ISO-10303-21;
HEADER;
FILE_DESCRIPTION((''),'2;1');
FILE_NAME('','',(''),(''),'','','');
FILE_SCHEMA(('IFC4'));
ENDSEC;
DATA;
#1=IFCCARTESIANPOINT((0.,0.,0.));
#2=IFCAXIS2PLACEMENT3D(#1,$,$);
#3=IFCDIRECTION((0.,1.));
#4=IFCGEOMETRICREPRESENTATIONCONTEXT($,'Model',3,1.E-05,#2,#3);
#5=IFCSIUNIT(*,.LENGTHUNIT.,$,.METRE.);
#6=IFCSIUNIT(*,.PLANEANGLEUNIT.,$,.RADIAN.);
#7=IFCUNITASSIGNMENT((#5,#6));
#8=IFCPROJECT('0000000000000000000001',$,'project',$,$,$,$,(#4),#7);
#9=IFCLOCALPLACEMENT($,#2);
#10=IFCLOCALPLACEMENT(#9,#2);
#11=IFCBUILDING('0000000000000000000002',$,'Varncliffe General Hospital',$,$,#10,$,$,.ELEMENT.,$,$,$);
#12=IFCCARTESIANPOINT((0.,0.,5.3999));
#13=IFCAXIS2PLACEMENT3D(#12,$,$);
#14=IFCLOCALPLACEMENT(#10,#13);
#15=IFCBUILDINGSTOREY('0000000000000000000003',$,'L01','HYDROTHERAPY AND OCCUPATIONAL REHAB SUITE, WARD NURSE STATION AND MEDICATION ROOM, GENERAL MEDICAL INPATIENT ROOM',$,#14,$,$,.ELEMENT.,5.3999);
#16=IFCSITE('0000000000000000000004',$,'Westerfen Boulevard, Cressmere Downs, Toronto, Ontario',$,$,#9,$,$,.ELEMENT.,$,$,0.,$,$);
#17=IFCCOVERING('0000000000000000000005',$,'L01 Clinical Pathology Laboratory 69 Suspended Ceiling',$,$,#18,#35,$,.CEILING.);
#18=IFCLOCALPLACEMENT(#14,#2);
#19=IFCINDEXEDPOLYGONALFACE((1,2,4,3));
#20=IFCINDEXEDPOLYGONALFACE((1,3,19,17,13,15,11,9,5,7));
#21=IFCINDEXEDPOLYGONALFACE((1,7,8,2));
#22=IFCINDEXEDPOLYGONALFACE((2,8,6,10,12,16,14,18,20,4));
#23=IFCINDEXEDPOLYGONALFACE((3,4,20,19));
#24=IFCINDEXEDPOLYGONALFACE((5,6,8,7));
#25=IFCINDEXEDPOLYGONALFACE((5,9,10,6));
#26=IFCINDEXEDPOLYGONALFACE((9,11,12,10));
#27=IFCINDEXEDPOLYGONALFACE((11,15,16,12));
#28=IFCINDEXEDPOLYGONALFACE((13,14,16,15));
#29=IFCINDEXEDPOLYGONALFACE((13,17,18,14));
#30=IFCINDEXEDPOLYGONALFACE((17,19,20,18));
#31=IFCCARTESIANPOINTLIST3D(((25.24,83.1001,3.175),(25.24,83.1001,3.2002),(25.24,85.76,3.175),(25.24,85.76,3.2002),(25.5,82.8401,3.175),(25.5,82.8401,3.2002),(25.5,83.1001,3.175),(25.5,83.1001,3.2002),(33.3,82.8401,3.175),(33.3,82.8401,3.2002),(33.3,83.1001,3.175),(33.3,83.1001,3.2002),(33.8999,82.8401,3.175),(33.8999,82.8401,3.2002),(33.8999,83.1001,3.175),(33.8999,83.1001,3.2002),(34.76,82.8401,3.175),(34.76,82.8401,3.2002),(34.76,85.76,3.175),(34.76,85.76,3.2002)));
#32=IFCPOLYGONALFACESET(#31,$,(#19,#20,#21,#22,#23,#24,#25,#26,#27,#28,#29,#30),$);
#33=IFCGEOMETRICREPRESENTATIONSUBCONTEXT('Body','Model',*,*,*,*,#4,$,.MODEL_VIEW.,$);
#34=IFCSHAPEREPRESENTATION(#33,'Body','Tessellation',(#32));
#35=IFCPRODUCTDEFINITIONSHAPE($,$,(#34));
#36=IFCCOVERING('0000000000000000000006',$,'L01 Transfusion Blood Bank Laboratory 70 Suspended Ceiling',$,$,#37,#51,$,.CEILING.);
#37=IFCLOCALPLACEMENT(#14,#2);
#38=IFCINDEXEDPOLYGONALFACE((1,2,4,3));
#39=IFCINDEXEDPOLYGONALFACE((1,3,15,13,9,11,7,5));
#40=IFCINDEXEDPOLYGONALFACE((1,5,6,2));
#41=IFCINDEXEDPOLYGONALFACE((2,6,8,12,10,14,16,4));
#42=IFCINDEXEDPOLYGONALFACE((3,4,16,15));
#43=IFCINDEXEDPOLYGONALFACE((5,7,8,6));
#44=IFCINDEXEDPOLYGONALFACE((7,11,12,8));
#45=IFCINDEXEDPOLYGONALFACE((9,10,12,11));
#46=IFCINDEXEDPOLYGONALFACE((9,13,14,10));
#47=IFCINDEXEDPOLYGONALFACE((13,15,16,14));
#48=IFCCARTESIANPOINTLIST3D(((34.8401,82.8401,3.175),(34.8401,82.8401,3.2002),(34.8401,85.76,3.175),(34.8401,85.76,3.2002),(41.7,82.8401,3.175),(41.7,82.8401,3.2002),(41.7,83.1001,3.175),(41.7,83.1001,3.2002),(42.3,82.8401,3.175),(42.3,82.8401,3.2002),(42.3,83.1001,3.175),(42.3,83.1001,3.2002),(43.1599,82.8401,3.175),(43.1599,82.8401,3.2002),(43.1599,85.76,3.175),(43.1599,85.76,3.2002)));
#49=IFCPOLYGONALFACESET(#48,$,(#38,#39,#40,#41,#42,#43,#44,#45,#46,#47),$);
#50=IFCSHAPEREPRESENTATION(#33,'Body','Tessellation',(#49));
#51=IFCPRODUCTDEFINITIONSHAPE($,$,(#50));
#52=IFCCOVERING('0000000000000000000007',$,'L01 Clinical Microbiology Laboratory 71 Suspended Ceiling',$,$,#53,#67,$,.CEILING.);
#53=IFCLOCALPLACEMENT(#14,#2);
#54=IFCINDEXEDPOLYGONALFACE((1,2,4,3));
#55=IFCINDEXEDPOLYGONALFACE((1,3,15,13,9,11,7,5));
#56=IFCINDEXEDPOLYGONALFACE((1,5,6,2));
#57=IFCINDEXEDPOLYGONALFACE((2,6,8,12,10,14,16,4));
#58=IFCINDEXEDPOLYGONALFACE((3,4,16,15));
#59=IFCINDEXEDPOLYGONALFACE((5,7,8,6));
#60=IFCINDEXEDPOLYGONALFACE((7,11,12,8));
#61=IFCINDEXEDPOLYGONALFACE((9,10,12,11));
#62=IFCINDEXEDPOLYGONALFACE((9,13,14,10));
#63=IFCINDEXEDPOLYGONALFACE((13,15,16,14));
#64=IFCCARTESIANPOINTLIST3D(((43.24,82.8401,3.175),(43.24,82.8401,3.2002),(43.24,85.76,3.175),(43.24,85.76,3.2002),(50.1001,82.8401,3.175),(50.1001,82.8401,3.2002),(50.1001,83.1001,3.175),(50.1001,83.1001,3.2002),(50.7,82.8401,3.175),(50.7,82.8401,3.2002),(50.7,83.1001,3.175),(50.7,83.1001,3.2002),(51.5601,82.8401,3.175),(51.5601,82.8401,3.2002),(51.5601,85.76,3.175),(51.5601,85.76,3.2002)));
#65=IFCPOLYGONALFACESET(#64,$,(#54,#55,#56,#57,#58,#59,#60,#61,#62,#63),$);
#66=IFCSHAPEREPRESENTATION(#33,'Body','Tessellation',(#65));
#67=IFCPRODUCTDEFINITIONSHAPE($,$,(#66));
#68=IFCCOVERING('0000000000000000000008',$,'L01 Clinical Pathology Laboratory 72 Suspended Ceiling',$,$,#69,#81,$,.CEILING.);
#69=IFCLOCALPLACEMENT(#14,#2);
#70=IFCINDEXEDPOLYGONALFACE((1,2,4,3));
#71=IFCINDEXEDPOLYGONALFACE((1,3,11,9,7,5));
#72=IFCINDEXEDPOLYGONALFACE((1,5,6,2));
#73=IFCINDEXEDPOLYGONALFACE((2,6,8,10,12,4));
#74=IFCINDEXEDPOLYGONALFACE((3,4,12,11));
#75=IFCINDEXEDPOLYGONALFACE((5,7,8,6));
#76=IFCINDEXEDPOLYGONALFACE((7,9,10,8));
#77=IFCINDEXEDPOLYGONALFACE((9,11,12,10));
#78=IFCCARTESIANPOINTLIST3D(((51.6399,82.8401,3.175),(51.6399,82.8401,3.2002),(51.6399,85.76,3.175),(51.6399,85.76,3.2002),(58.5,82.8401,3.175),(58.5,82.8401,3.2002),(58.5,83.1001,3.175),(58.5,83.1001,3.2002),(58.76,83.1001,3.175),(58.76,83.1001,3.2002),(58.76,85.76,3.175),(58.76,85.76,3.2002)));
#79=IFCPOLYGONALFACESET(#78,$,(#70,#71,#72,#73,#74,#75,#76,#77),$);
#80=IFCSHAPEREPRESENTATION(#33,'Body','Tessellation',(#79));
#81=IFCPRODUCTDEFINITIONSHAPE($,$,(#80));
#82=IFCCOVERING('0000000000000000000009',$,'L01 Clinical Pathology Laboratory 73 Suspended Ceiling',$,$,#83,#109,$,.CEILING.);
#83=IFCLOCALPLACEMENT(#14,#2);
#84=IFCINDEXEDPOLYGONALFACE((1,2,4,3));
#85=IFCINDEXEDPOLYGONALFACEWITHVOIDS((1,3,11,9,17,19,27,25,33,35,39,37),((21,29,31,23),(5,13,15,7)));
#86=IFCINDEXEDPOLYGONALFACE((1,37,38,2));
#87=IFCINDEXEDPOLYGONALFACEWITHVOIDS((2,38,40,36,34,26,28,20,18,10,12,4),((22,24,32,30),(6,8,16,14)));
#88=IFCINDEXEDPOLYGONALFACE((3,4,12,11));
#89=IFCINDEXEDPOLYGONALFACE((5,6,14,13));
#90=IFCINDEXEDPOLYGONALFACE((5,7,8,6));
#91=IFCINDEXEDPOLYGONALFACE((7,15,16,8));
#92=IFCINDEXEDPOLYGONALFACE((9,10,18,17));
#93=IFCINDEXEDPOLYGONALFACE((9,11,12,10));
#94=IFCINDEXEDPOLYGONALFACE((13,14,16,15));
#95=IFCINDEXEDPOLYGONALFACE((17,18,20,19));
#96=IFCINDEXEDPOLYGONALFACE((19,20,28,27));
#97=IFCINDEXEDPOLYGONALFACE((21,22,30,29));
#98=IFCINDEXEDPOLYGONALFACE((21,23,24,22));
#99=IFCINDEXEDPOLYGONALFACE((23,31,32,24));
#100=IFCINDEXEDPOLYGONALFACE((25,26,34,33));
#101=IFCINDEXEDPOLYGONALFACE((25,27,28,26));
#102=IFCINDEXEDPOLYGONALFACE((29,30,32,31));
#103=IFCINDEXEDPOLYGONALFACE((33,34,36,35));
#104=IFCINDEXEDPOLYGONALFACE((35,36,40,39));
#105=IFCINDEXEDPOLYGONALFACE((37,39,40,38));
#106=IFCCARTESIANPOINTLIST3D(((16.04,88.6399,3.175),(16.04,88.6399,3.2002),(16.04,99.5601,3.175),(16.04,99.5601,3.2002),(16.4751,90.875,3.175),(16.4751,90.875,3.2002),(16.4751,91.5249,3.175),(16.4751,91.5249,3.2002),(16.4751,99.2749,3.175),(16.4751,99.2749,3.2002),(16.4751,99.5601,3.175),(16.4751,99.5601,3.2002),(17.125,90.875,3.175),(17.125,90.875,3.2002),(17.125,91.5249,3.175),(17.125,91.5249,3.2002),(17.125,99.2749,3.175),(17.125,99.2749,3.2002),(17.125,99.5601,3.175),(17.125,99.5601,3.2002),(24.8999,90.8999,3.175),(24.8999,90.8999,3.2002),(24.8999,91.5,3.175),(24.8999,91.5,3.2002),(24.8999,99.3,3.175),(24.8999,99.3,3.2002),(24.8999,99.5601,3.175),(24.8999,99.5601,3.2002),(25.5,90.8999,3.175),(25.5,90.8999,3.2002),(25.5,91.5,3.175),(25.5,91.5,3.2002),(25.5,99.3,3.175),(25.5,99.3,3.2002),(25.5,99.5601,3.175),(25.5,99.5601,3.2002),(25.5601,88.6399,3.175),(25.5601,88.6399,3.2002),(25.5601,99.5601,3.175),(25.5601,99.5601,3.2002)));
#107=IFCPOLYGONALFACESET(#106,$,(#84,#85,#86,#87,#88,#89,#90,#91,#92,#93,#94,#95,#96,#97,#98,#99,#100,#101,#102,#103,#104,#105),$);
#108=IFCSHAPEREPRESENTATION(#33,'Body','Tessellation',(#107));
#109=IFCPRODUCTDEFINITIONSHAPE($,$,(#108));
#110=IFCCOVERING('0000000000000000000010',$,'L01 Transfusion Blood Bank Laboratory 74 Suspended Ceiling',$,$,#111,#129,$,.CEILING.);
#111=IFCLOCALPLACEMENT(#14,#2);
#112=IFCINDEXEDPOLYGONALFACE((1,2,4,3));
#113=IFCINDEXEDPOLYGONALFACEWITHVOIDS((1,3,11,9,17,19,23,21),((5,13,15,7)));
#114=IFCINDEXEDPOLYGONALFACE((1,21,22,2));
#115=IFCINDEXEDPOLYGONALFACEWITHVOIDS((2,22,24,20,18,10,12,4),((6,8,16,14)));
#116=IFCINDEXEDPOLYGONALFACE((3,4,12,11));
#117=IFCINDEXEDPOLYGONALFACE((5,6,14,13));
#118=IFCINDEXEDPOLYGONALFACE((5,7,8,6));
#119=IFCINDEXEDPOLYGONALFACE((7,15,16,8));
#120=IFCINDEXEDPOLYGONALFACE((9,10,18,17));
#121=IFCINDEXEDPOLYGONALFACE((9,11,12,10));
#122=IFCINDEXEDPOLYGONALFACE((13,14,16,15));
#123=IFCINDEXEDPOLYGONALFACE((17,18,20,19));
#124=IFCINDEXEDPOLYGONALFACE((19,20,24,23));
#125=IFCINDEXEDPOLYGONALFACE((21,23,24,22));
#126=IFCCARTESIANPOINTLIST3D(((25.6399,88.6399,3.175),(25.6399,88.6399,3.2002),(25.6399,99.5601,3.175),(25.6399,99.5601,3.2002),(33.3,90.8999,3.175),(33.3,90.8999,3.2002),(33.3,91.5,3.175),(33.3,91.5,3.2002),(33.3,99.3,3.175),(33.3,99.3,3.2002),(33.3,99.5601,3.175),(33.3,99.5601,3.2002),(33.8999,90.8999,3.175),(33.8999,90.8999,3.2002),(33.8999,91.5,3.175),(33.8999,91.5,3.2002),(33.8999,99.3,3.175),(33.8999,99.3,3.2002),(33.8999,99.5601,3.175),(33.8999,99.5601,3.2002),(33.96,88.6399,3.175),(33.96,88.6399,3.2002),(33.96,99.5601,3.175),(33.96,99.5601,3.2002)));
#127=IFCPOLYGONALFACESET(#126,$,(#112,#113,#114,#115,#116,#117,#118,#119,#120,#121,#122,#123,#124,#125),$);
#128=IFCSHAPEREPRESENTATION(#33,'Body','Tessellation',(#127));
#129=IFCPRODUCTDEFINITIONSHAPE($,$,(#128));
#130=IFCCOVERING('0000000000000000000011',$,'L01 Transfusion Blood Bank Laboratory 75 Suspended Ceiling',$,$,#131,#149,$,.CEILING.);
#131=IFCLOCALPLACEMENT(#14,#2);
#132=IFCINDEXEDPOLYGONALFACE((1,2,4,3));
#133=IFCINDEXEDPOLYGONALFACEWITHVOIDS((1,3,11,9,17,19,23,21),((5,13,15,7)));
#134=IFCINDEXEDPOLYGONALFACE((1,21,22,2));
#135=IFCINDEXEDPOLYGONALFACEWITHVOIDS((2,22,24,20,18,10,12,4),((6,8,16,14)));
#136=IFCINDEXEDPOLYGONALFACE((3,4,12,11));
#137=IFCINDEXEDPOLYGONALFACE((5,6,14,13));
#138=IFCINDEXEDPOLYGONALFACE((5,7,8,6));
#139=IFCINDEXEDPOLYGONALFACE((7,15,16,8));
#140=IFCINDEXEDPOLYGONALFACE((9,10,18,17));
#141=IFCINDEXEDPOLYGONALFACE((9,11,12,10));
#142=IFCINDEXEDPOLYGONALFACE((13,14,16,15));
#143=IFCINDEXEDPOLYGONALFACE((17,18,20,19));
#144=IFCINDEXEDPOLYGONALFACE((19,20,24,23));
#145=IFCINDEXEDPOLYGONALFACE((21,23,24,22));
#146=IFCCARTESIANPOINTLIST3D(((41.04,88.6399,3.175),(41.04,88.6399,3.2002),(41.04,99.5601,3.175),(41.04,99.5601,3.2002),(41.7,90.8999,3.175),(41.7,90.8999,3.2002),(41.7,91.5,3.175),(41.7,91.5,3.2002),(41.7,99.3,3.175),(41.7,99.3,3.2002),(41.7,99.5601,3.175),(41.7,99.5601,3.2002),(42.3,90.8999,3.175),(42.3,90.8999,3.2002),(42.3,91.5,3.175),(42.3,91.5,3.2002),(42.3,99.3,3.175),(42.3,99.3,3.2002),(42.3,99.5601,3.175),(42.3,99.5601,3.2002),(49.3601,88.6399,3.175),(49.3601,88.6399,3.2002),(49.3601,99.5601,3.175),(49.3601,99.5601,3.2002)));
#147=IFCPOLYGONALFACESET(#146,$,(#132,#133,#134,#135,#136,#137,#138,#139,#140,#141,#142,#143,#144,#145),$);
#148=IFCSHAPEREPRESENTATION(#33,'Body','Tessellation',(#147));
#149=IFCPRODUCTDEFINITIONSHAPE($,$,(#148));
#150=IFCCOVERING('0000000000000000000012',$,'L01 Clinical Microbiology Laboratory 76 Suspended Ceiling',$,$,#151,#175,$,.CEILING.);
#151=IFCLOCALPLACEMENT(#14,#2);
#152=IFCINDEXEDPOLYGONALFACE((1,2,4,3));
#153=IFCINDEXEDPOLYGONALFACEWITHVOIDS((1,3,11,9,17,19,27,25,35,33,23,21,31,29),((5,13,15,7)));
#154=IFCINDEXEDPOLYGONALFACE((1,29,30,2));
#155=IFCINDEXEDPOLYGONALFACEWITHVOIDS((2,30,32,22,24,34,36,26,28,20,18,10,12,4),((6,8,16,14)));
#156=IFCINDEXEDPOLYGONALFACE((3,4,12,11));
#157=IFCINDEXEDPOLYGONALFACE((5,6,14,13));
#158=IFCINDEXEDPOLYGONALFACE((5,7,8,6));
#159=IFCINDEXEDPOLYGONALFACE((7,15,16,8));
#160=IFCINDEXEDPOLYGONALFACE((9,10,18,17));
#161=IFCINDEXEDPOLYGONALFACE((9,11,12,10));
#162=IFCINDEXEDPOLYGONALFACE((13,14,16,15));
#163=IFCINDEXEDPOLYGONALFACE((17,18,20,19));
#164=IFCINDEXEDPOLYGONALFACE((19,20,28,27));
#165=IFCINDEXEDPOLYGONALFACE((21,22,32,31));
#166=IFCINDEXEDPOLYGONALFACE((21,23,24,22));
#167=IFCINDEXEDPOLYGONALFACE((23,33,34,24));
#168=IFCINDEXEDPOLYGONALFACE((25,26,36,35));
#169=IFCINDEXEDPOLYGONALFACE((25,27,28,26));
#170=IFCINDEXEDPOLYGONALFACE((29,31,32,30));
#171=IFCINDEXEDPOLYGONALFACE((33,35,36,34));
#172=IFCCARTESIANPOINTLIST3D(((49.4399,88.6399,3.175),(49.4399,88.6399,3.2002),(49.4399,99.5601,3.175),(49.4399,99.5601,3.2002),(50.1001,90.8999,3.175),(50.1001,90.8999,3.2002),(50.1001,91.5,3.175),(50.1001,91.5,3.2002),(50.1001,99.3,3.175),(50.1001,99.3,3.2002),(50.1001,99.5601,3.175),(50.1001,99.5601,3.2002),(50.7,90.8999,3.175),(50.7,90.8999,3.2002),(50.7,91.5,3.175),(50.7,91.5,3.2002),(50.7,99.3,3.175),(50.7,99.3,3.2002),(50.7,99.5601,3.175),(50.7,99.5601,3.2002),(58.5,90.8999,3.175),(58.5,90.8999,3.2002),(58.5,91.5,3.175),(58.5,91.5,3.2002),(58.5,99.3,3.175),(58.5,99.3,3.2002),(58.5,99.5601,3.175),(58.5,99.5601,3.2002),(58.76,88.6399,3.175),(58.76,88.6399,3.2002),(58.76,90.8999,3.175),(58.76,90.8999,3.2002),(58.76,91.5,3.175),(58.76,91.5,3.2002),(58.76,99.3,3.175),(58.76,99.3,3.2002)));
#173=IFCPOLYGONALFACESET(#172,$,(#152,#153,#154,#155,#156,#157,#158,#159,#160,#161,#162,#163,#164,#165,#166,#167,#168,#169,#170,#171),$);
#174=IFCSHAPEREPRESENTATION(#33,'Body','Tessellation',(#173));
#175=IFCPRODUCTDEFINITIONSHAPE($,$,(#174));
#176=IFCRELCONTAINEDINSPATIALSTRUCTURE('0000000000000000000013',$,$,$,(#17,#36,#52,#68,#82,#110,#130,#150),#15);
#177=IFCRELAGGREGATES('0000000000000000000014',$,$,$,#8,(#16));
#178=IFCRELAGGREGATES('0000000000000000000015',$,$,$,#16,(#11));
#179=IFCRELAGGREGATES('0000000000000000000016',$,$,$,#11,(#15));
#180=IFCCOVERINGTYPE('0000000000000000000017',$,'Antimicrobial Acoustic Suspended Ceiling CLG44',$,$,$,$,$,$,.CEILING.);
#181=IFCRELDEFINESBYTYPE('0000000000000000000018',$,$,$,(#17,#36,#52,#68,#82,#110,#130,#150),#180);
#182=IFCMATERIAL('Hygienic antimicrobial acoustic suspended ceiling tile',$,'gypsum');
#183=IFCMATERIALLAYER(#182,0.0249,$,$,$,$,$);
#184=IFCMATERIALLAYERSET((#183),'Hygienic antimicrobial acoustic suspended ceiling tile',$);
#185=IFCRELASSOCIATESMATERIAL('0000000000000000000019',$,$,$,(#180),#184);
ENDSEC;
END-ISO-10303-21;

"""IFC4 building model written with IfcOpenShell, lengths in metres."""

from ifc_helpers import new_model, si_unit, direction, frame, origin, place, context, subcontext, project, spatial, polyline, outline, extrude, material, layer, layer_set, type_object, element, save


model = new_model("IFC4")

# Units and contexts
model_context = context("Model", 3, precision=1e-05, world=origin(), true_north=direction((0.0, 1.0)))
body_context = subcontext(model_context, "Body", "Model", "MODEL_VIEW")
ifc_project = project(units=[si_unit("LENGTHUNIT", "METRE"), si_unit("PLANEANGLEUNIT", "RADIAN")], contexts=[model_context])

# Site, building, storey
site_placement = place(None, origin())
site = spatial("IfcSite", under=ifc_project, at=site_placement, Name="Westerfen Boulevard, Cressmere Downs, Toronto, Ontario", CompositionType="ELEMENT", RefElevation=0.0)
building_placement = place(site_placement, origin())
building = spatial("IfcBuilding", under=site, at=building_placement, Name="Varncliffe General Hospital", CompositionType="ELEMENT")
storey_placement = place(building_placement, frame((0.0, 0.0, 5.3999)))
storey = spatial("IfcBuildingStorey", under=building, at=storey_placement, Name="L01", Description="HYDROTHERAPY AND OCCUPATIONAL REHAB SUITE, WARD NURSE STATION AND MEDICATION ROOM, GENERAL MEDICAL INPATIENT ROOM", CompositionType="ELEMENT", Elevation=5.3999)

# Coverings
ifc_material_1 = material(Name="Hygienic antimicrobial acoustic suspended ceiling tile", Category="gypsum")
ifc_layer_1 = layer(ifc_material_1, 0.0249)
ifc_layer_set_1 = layer_set([ifc_layer_1], Name="Hygienic antimicrobial acoustic suspended ceiling tile")
covering_type_1 = type_object("IfcCoveringType", Name="Antimicrobial Acoustic Suspended Ceiling CLG44", PredefinedType="CEILING", material=ifc_layer_set_1)
covering_1_placement = place(storey_placement, frame((0.0, 0.0, 3.175)))
element("IfcCovering", 1, at=covering_1_placement, inside=storey, type_object=covering_type_1, Name="L01 Clinical Pathology Laboratory 69 Suspended Ceiling", PredefinedType="CEILING", context=body_context, shape_type="SweptSolid", body=[
    extrude(outline(polyline([(34.76, 85.76), (34.76, 82.8401), (33.8999, 82.8401), (33.8999, 83.1001), (33.3, 83.1001), (33.3, 82.8401), (25.5, 82.8401), (25.5, 83.1001), (25.24, 83.1001), (25.24, 85.76), (34.76, 85.76)])), origin(), (0.0, 0.0, 1.0), 0.0251),
])
covering_2_placement = place(storey_placement, frame((0.0, 0.0, 3.175)))
element("IfcCovering", 2, at=covering_2_placement, inside=storey, type_object=covering_type_1, Name="L01 Transfusion Blood Bank Laboratory 70 Suspended Ceiling", PredefinedType="CEILING", context=body_context, shape_type="SweptSolid", body=[
    extrude(outline(polyline([(34.8401, 82.8401), (34.8401, 85.76), (43.1599, 85.76), (43.1599, 82.8401), (42.3, 82.8401), (42.3, 83.1001), (41.7, 83.1001), (41.7, 82.8401), (34.8401, 82.8401)])), origin(), (0.0, 0.0, 1.0), 0.0251),
])
covering_3_placement = place(storey_placement, frame((0.0, 0.0, 3.175)))
element("IfcCovering", 3, at=covering_3_placement, inside=storey, type_object=covering_type_1, Name="L01 Clinical Microbiology Laboratory 71 Suspended Ceiling", PredefinedType="CEILING", context=body_context, shape_type="SweptSolid", body=[
    extrude(outline(polyline([(43.24, 82.8401), (43.24, 85.76), (51.5601, 85.76), (51.5601, 82.8401), (50.7, 82.8401), (50.7, 83.1001), (50.1001, 83.1001), (50.1001, 82.8401), (43.24, 82.8401)])), origin(), (0.0, 0.0, 1.0), 0.0251),
])
covering_4_placement = place(storey_placement, frame((0.0, 0.0, 3.175)))
element("IfcCovering", 4, at=covering_4_placement, inside=storey, type_object=covering_type_1, Name="L01 Clinical Pathology Laboratory 72 Suspended Ceiling", PredefinedType="CEILING", context=body_context, shape_type="SweptSolid", body=[
    extrude(outline(polyline([(51.6399, 82.8401), (51.6399, 85.76), (58.76, 85.76), (58.76, 83.1001), (58.5, 83.1001), (58.5, 82.8401), (51.6399, 82.8401)])), origin(), (0.0, 0.0, 1.0), 0.0251),
])
covering_5_placement = place(storey_placement, frame((0.0, 0.0, 3.175)))
element("IfcCovering", 5, at=covering_5_placement, inside=storey, type_object=covering_type_1, Name="L01 Clinical Pathology Laboratory 73 Suspended Ceiling", PredefinedType="CEILING", context=body_context, shape_type="SweptSolid", body=[
    extrude(outline(polyline([(25.5601, 88.6399), (16.04, 88.6399), (16.04, 99.5601), (16.4751, 99.5601), (16.4751, 99.2749), (17.125, 99.2749), (17.125, 99.5601), (24.8999, 99.5601), (24.8999, 99.3), (25.5, 99.3), (25.5, 99.5601), (25.5601, 99.5601), (25.5601, 88.6399)]), holes=[polyline([(17.125, 90.875), (17.125, 91.5249), (16.4751, 91.5249), (16.4751, 90.875), (17.125, 90.875)]), polyline([(25.5, 90.8999), (25.5, 91.5), (24.8999, 91.5), (24.8999, 90.8999), (25.5, 90.8999)])]), origin(), (0.0, 0.0, 1.0), 0.0251),
])
covering_6_placement = place(storey_placement, frame((0.0, 0.0, 3.175)))
element("IfcCovering", 6, at=covering_6_placement, inside=storey, type_object=covering_type_1, Name="L01 Transfusion Blood Bank Laboratory 74 Suspended Ceiling", PredefinedType="CEILING", context=body_context, shape_type="SweptSolid", body=[
    extrude(outline(polyline([(33.96, 99.5601), (33.96, 88.6399), (25.6399, 88.6399), (25.6399, 99.5601), (33.3, 99.5601), (33.3, 99.3), (33.8999, 99.3), (33.8999, 99.5601), (33.96, 99.5601)]), holes=[polyline([(33.8999, 90.8999), (33.8999, 91.5), (33.3, 91.5), (33.3, 90.8999), (33.8999, 90.8999)])]), origin(), (0.0, 0.0, 1.0), 0.0251),
])
covering_7_placement = place(storey_placement, frame((0.0, 0.0, 3.175)))
element("IfcCovering", 7, at=covering_7_placement, inside=storey, type_object=covering_type_1, Name="L01 Transfusion Blood Bank Laboratory 75 Suspended Ceiling", PredefinedType="CEILING", context=body_context, shape_type="SweptSolid", body=[
    extrude(outline(polyline([(49.3601, 99.5601), (49.3601, 88.6399), (41.04, 88.6399), (41.04, 99.5601), (41.7, 99.5601), (41.7, 99.3), (42.3, 99.3), (42.3, 99.5601), (49.3601, 99.5601)]), holes=[polyline([(42.3, 90.8999), (42.3, 91.5), (41.7, 91.5), (41.7, 90.8999), (42.3, 90.8999)])]), origin(), (0.0, 0.0, 1.0), 0.0251),
])
covering_8_placement = place(storey_placement, frame((0.0, 0.0, 3.175)))
element("IfcCovering", 8, at=covering_8_placement, inside=storey, type_object=covering_type_1, Name="L01 Clinical Microbiology Laboratory 76 Suspended Ceiling", PredefinedType="CEILING", context=body_context, shape_type="SweptSolid", body=[
    extrude(outline(polyline([(58.5, 91.5), (58.5, 90.8999), (58.76, 90.8999), (58.76, 88.6399), (49.4399, 88.6399), (49.4399, 99.5601), (50.1001, 99.5601), (50.1001, 99.3), (50.7, 99.3), (50.7, 99.5601), (58.5, 99.5601), (58.5, 99.3), (58.76, 99.3), (58.76, 91.5), (58.5, 91.5)]), holes=[polyline([(50.7, 90.8999), (50.7, 91.5), (50.1001, 91.5), (50.1001, 90.8999), (50.7, 90.8999)])]), origin(), (0.0, 0.0, 1.0), 0.0251),
])

save(model, "model.ifc")
